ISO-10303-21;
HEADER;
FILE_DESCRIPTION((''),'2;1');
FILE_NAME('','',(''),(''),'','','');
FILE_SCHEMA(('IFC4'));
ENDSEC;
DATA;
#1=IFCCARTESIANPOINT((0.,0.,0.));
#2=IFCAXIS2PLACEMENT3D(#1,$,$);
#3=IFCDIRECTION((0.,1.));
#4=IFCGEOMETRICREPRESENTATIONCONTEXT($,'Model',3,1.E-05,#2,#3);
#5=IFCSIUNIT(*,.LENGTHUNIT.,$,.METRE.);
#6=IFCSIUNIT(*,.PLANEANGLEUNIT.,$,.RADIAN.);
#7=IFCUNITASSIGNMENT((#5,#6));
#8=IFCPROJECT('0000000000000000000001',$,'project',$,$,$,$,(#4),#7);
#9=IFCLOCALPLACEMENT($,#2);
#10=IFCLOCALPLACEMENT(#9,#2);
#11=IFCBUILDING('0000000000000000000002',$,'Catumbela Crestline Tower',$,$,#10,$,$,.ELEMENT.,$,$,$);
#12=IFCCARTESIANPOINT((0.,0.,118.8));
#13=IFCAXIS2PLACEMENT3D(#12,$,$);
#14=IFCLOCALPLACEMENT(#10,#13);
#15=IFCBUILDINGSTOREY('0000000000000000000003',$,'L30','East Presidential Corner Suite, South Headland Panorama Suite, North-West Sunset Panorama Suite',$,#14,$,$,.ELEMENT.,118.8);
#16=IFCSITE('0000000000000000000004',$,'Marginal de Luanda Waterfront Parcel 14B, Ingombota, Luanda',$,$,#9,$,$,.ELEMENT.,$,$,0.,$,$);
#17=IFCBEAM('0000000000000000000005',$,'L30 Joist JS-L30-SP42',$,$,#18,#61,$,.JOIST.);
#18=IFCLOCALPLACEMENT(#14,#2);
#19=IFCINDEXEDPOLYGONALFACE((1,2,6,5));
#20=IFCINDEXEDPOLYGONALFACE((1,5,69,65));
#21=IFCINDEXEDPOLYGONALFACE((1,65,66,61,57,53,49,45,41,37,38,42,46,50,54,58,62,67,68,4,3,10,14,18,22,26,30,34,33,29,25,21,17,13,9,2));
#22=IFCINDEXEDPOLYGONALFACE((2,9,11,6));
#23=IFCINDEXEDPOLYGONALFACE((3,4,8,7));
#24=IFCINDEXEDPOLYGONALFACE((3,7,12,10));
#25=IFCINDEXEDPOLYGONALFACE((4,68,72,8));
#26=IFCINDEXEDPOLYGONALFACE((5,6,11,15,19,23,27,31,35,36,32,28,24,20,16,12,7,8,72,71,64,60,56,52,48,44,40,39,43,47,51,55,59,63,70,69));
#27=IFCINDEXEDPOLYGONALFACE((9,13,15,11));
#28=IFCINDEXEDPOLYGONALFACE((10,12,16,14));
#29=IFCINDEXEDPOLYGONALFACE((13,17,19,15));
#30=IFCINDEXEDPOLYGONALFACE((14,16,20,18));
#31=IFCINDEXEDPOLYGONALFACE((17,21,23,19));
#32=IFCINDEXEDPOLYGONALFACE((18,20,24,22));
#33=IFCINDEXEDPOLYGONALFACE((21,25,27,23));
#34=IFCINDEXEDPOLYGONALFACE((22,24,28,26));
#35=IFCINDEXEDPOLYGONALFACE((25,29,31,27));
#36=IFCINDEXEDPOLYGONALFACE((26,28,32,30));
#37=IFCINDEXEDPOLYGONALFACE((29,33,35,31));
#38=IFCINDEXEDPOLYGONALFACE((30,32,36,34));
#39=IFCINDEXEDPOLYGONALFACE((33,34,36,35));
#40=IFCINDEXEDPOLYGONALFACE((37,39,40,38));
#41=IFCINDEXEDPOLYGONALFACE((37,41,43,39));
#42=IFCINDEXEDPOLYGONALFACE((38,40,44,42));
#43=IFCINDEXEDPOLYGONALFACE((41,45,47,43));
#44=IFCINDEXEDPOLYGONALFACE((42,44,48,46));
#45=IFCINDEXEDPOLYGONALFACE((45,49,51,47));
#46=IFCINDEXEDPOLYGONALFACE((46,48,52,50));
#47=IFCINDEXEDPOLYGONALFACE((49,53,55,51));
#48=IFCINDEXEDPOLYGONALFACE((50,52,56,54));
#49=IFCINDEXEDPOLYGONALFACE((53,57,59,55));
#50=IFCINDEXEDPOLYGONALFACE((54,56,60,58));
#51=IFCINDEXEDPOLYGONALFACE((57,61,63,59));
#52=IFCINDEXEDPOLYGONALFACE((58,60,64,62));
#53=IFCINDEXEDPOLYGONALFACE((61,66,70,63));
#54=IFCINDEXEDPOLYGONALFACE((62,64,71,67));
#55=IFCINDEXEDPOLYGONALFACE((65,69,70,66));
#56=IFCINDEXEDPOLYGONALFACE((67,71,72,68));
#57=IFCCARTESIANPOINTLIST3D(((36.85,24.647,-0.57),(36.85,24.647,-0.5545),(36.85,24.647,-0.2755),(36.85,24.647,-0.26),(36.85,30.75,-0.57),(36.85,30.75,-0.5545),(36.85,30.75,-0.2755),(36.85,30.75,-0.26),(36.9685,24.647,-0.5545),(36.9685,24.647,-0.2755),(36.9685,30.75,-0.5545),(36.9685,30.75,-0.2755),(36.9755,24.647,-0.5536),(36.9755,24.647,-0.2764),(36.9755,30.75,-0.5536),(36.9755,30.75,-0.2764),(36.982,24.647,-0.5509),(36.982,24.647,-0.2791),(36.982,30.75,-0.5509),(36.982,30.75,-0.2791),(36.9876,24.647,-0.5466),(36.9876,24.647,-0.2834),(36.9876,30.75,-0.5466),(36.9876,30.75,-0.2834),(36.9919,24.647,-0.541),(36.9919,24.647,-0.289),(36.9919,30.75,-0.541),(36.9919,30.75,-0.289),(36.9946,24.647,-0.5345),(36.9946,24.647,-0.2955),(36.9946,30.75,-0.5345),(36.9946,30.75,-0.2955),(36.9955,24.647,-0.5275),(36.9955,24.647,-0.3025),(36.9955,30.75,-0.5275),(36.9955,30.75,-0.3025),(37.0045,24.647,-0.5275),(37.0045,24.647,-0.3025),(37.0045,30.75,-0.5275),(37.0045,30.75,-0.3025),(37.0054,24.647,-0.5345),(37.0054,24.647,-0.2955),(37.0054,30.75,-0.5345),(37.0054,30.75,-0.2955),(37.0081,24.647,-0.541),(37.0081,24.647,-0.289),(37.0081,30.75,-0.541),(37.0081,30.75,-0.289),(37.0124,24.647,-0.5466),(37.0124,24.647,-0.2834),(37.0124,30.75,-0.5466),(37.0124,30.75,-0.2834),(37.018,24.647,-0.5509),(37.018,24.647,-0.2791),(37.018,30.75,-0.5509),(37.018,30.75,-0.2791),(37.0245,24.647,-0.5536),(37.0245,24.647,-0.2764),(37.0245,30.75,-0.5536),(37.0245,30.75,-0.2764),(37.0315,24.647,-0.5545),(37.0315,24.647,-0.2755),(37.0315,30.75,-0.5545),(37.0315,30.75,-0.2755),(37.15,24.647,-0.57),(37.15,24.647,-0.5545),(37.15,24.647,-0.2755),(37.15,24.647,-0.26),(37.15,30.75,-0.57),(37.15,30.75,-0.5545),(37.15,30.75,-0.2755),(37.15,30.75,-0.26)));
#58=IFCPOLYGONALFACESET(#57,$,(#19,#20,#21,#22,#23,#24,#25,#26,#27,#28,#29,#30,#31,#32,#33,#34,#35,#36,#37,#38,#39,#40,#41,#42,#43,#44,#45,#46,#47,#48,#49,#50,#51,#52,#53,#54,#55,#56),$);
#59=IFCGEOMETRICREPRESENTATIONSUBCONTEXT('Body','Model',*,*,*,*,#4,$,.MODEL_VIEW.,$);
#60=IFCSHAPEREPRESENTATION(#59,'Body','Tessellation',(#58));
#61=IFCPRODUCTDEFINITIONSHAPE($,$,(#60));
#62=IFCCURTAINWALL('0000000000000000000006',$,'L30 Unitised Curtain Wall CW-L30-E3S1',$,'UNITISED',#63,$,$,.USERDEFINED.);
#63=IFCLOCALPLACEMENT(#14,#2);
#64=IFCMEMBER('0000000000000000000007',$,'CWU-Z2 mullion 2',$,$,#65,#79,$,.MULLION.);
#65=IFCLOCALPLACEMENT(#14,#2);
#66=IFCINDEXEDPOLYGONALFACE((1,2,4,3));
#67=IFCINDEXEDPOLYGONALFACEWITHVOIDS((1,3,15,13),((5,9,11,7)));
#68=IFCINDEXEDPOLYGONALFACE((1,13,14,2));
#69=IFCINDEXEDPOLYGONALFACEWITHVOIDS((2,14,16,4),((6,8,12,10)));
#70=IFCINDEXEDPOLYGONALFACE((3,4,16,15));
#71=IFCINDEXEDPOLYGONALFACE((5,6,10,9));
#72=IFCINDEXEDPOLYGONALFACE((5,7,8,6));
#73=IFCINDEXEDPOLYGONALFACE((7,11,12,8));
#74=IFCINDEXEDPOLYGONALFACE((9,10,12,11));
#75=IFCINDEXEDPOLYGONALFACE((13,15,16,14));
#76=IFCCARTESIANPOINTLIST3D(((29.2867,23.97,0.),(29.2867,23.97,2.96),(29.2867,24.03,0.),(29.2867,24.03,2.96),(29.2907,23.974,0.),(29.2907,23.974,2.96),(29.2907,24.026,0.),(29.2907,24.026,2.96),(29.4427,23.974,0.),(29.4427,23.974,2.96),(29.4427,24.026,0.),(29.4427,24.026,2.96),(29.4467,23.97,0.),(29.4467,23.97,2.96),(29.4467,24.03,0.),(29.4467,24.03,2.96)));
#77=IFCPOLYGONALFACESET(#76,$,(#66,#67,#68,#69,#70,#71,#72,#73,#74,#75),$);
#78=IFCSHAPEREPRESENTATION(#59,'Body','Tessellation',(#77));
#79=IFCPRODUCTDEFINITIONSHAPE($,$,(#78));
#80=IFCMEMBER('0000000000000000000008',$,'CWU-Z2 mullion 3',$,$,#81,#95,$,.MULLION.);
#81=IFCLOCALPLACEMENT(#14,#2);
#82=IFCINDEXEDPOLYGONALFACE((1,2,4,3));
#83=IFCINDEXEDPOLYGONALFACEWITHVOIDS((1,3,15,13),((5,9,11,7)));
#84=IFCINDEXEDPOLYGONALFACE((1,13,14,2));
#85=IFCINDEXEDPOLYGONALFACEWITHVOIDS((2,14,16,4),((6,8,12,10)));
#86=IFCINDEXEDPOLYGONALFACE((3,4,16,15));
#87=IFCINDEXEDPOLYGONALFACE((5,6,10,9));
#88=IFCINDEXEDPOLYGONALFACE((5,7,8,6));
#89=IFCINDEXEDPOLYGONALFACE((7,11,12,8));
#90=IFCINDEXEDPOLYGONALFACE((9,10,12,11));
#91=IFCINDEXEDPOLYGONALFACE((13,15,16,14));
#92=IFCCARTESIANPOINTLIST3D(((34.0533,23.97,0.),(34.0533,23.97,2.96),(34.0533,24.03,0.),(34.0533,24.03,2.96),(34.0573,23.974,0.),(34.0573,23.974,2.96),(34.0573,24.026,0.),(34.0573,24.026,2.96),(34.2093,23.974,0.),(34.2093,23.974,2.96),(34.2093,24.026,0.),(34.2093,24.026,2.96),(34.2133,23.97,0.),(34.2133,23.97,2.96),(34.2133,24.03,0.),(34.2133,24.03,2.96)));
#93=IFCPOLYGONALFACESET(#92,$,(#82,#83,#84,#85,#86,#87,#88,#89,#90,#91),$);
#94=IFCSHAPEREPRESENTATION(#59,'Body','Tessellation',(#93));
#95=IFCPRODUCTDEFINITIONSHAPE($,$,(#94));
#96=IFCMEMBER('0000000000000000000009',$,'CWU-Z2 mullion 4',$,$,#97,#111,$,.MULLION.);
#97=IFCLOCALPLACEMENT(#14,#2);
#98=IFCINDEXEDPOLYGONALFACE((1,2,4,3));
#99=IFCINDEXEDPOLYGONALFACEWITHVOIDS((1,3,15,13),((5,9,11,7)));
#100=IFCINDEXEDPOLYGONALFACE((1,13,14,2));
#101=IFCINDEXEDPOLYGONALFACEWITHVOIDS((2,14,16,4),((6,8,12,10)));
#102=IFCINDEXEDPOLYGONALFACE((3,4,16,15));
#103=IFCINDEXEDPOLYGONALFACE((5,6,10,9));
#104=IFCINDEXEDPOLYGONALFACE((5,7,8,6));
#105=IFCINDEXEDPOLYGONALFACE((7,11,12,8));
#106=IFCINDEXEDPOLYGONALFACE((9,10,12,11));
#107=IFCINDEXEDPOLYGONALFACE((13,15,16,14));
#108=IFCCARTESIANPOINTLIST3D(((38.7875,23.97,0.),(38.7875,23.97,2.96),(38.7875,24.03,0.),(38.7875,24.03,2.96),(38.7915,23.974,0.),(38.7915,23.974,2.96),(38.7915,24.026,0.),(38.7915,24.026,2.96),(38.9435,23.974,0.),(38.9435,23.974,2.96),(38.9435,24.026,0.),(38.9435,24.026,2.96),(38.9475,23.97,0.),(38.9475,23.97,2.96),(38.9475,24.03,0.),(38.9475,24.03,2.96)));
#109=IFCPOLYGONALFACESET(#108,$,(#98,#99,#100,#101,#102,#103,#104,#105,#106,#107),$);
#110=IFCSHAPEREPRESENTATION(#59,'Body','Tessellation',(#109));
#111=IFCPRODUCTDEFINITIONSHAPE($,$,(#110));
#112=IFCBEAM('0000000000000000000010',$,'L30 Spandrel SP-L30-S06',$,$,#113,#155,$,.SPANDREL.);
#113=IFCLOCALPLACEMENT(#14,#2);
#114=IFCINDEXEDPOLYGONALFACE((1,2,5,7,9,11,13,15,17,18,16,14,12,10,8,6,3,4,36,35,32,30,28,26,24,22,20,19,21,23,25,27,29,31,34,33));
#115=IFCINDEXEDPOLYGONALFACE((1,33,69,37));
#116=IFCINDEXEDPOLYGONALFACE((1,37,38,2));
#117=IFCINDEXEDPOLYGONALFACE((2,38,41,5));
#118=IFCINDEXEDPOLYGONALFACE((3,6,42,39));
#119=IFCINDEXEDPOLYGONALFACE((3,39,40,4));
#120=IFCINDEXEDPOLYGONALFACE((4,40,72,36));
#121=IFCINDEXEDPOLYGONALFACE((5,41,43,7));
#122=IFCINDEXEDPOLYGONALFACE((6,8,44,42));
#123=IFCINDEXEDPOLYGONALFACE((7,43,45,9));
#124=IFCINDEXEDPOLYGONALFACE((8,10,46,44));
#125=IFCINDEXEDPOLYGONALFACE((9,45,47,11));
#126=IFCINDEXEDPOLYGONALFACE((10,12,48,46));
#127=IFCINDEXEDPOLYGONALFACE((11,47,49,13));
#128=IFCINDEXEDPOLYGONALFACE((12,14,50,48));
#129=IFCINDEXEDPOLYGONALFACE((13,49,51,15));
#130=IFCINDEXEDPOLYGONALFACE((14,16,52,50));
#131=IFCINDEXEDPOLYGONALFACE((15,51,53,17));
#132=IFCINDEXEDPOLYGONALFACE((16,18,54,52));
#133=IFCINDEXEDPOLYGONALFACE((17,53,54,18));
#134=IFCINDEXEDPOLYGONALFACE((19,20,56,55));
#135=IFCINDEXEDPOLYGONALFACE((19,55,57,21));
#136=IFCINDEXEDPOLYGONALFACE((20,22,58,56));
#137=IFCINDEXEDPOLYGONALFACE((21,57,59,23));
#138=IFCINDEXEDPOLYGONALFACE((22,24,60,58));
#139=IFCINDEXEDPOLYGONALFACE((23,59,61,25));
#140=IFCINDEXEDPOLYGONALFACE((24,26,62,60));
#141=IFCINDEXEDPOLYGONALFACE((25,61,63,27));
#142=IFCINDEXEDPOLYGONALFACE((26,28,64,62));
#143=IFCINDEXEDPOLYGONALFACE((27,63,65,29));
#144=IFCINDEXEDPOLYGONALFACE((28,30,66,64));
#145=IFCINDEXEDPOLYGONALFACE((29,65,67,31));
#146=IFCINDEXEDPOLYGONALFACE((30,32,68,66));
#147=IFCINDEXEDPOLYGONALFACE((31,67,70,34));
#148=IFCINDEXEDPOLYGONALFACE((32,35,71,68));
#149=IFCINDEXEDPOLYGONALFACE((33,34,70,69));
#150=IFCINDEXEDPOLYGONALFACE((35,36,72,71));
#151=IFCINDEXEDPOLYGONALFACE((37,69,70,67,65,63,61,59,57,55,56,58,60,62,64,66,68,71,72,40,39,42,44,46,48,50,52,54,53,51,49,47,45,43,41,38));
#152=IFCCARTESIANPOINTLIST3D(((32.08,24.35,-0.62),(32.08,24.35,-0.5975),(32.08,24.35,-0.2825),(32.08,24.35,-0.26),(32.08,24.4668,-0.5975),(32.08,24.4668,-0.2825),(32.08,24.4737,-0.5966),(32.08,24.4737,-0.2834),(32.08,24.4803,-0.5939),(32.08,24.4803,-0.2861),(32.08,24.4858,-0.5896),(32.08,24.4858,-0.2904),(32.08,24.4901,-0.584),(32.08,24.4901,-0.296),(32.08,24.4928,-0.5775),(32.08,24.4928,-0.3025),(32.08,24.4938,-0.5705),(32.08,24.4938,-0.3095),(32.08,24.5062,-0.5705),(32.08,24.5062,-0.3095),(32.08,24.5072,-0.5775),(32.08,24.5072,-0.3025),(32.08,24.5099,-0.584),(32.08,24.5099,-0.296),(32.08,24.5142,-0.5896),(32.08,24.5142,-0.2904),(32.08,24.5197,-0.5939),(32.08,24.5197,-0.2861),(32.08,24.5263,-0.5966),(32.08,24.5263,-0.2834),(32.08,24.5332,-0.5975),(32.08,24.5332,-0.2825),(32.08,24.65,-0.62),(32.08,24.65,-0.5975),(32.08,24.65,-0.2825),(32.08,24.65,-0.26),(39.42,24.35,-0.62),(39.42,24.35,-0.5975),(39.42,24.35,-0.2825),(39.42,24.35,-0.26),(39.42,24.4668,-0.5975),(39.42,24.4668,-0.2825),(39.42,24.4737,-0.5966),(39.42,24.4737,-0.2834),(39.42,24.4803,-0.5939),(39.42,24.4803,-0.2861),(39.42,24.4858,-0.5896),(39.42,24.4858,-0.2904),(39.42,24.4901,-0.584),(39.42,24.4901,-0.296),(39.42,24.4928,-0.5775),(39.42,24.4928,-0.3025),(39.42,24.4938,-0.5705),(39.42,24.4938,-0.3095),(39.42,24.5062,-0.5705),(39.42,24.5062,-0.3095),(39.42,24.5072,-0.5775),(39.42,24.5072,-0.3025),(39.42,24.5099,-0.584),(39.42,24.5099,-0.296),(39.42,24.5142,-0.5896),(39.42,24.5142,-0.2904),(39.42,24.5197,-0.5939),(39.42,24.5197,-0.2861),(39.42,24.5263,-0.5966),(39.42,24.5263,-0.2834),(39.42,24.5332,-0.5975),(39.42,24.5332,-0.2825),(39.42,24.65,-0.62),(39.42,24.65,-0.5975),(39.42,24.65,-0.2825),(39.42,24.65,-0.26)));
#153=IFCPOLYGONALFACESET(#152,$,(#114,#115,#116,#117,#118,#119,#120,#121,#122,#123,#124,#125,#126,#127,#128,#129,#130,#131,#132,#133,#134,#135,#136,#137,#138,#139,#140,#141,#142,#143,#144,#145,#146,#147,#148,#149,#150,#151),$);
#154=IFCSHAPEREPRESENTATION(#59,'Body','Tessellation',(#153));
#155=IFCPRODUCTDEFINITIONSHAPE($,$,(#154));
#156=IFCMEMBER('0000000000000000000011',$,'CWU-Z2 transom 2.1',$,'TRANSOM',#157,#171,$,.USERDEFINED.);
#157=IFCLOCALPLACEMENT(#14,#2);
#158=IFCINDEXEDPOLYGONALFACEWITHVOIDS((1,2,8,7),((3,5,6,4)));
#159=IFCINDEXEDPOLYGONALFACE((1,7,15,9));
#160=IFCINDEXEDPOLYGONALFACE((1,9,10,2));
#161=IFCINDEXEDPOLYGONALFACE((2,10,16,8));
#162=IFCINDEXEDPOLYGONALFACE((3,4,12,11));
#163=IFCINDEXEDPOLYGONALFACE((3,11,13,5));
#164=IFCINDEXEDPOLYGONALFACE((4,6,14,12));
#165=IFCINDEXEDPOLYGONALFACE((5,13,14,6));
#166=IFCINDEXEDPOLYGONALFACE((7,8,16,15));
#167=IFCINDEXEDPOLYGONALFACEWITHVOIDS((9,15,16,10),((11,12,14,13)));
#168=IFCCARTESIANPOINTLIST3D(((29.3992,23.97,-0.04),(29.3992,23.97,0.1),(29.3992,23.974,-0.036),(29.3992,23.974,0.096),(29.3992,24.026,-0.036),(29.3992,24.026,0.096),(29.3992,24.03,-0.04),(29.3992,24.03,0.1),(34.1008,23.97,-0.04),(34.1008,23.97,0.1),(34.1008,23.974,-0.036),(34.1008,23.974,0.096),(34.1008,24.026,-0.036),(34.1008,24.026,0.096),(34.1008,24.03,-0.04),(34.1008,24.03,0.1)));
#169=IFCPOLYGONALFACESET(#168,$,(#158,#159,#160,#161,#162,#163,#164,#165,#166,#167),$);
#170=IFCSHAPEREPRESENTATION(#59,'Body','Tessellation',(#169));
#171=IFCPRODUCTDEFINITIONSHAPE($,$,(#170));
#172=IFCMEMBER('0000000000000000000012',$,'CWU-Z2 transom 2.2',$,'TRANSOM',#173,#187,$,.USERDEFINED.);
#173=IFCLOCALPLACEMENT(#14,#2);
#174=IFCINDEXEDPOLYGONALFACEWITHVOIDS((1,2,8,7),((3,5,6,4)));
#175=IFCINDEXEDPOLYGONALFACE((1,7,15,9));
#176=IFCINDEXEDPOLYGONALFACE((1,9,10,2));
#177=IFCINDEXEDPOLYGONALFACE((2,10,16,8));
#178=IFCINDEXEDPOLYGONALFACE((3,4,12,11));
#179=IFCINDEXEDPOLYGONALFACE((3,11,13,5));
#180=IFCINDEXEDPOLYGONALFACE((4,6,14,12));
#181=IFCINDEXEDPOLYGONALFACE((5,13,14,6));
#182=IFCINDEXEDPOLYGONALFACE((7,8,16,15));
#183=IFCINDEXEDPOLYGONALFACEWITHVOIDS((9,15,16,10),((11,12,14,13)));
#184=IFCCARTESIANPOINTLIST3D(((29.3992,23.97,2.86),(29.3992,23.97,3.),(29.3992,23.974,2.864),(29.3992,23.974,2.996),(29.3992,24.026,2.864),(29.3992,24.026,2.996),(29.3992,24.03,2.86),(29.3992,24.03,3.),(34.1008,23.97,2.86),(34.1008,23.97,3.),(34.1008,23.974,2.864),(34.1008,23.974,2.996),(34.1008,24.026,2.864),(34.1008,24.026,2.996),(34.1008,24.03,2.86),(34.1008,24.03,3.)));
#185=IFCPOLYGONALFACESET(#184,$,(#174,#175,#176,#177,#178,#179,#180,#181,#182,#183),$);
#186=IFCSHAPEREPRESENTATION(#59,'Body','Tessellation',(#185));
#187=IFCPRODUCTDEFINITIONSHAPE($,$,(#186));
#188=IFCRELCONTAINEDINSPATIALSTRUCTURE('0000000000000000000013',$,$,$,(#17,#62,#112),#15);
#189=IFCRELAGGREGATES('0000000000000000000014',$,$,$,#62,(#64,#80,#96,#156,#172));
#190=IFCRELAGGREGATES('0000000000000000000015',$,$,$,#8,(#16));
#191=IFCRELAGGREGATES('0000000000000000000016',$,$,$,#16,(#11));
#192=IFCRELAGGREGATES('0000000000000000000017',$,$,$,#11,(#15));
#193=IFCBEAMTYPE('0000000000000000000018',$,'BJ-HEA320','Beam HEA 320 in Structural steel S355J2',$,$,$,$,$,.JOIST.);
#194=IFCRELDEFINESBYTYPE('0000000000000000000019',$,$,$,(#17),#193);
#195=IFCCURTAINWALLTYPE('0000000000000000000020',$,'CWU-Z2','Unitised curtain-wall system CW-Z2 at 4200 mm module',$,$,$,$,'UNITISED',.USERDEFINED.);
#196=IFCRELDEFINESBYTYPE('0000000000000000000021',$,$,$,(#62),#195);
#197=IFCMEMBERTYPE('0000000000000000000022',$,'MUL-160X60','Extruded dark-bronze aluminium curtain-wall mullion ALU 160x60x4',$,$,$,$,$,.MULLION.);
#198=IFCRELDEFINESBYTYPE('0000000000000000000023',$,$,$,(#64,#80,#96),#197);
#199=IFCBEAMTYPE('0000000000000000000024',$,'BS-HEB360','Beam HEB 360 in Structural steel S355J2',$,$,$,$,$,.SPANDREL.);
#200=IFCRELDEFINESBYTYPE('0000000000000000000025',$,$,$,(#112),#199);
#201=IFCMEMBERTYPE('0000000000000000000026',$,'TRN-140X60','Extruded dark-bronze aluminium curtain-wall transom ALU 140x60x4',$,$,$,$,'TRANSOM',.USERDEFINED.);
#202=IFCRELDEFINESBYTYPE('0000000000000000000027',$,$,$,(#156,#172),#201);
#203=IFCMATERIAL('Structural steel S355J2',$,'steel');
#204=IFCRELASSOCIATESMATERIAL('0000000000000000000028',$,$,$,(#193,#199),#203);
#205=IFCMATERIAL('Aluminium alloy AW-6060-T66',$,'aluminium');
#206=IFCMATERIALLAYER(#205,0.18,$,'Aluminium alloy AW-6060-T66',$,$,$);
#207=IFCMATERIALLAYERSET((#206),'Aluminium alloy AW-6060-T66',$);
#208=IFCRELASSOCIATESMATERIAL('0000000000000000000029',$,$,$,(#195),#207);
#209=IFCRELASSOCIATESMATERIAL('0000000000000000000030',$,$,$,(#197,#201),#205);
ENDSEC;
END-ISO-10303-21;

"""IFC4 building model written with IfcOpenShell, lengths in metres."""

from ifc_helpers import new_model, si_unit, direction, frame, origin, origin_2d, place, context, subcontext, project, spatial, hollow_rectangle, i_section, extrude, material, layer, layer_set, material_profile, profile_set, type_object, element, aggregate, save


model = new_model("IFC4")

# Units and contexts
model_context = context("Model", 3, precision=1e-05, world=origin(), true_north=direction((0.0, 1.0)))
body_context = subcontext(model_context, "Body", "Model", "MODEL_VIEW")
ifc_project = project(units=[si_unit("LENGTHUNIT", "METRE"), si_unit("PLANEANGLEUNIT", "RADIAN")], contexts=[model_context])

# Site, building, storey
site_placement = place(None, origin())
site = spatial("IfcSite", under=ifc_project, at=site_placement, Name="Marginal de Luanda Waterfront Parcel 14B, Ingombota, Luanda", CompositionType="ELEMENT", RefElevation=0.0)
building_placement = place(site_placement, origin())
building = spatial("IfcBuilding", under=site, at=building_placement, Name="Catumbela Crestline Tower", CompositionType="ELEMENT")
storey_placement = place(building_placement, frame((0.0, 0.0, 118.8)))
storey = spatial("IfcBuildingStorey", under=building, at=storey_placement, Name="L30", Description="East Presidential Corner Suite, South Headland Panorama Suite, North-West Sunset Panorama Suite", CompositionType="ELEMENT", Elevation=118.8)

# Beam
ifc_material_1 = material(Name="Structural steel S355J2", Category="steel")
ifc_material_profile_1 = material_profile(ifc_material_1, i_section(OverallWidth=0.3, OverallDepth=0.31, WebThickness=0.009, FlangeThickness=0.0155, FilletRadius=0.027, at=origin_2d()), Name="HEA 320")
ifc_profile_set_1 = profile_set([ifc_material_profile_1], Name="Structural steel S355J2")
beam_type_1 = type_object("IfcBeamType", Name="BJ-HEA320", Description="Beam HEA 320 in Structural steel S355J2", PredefinedType="JOIST", material=ifc_profile_set_1)
for number, where, z_axis, x_axis, name in (
    (1, (37.0, 24.647, -0.415), (0.0, 1.0, 0.0), (-1.0, 0.0, 0.0), "L30 Joist JS-L30-SP42"),
):
    element("IfcBeam", number, at=place(storey_placement, frame(where, z_axis=z_axis, x_axis=x_axis)), inside=storey, type_object=beam_type_1, Name=name, PredefinedType="JOIST", context=body_context, shape_type="SweptSolid", body=[
        extrude(i_section(OverallWidth=0.3, OverallDepth=0.31, WebThickness=0.009, FlangeThickness=0.0155, FilletRadius=0.027, at=origin_2d()), origin(), (0.0, 0.0, 1.0), 6.103),
    ])

# Curtain wall, members
ifc_material_2 = material(Name="Aluminium alloy AW-6060-T66", Category="aluminium")
ifc_layer_1 = layer(ifc_material_2, 0.18, Name="Aluminium alloy AW-6060-T66")
ifc_layer_set_1 = layer_set([ifc_layer_1], Name="Aluminium alloy AW-6060-T66")
curtain_wall_type = type_object("IfcCurtainWallType", Name="CWU-Z2", Description="Unitised curtain-wall system CW-Z2 at 4200 mm module", ElementType="UNITISED", PredefinedType="USERDEFINED", material=ifc_layer_set_1)
curtain_wall_placement = place(storey_placement, origin())
curtain_wall = element("IfcCurtainWall", 2, at=curtain_wall_placement, inside=storey, type_object=curtain_wall_type, Name="L30 Unitised Curtain Wall CW-L30-E3S1", ObjectType="UNITISED", PredefinedType="USERDEFINED")
ifc_material_profile_2 = material_profile(ifc_material_2, hollow_rectangle(XDim=0.06, YDim=0.16, WallThickness=0.004, at=origin_2d()), Name="ALU 160x60x4")
ifc_profile_set_2 = profile_set([ifc_material_profile_2], Name="Aluminium alloy AW-6060-T66")
member_type_1 = type_object("IfcMemberType", Name="MUL-160X60", Description="Extruded dark-bronze aluminium curtain-wall mullion ALU 160x60x4", PredefinedType="MULLION", material=ifc_profile_set_2)
member_1_placement = place(storey_placement, frame((29.3667, 24.0, 0.0), z_axis=(0.0, 0.0, 1.0), x_axis=(0.0, 1.0, 0.0)))
member_1 = element("IfcMember", 3, at=member_1_placement, type_object=member_type_1, Name="CWU-Z2 mullion 2", PredefinedType="MULLION", context=body_context, shape_type="SweptSolid", body=[
    extrude(hollow_rectangle(XDim=0.06, YDim=0.16, WallThickness=0.004, at=origin_2d()), origin(), (0.0, 0.0, 1.0), 2.96),
])
member_2_placement = place(storey_placement, frame((34.1333, 24.0, 0.0), z_axis=(0.0, 0.0, 1.0), x_axis=(0.0, 1.0, 0.0)))
member_2 = element("IfcMember", 4, at=member_2_placement, type_object=member_type_1, Name="CWU-Z2 mullion 3", PredefinedType="MULLION", context=body_context, shape_type="SweptSolid", body=[
    extrude(hollow_rectangle(XDim=0.06, YDim=0.16, WallThickness=0.004, at=origin_2d()), origin(), (0.0, 0.0, 1.0), 2.96),
])
member_3_placement = place(storey_placement, frame((38.8675, 24.0, 0.0), z_axis=(0.0, 0.0, 1.0), x_axis=(0.0, 1.0, 0.0)))
member_3 = element("IfcMember", 5, at=member_3_placement, type_object=member_type_1, Name="CWU-Z2 mullion 4", PredefinedType="MULLION", context=body_context, shape_type="SweptSolid", body=[
    extrude(hollow_rectangle(XDim=0.06, YDim=0.16, WallThickness=0.004, at=origin_2d()), origin(), (0.0, 0.0, 1.0), 2.96),
])

# Beam
ifc_material_profile_3 = material_profile(ifc_material_1, i_section(OverallWidth=0.3, OverallDepth=0.36, WebThickness=0.0125, FlangeThickness=0.0225, FilletRadius=0.027, at=origin_2d()), Name="HEB 360")
ifc_profile_set_3 = profile_set([ifc_material_profile_3], Name="Structural steel S355J2")
beam_type_2 = type_object("IfcBeamType", Name="BS-HEB360", Description="Beam HEB 360 in Structural steel S355J2", PredefinedType="SPANDREL", material=ifc_profile_set_3)
beam_1_placement = place(storey_placement, frame((32.08, 24.5, -0.44), z_axis=(1.0, 0.0, 0.0), x_axis=(0.0, 1.0, 0.0)))
element("IfcBeam", 6, at=beam_1_placement, inside=storey, type_object=beam_type_2, Name="L30 Spandrel SP-L30-S06", PredefinedType="SPANDREL", context=body_context, shape_type="SweptSolid", body=[
    extrude(i_section(OverallWidth=0.3, OverallDepth=0.36, WebThickness=0.0125, FlangeThickness=0.0225, FilletRadius=0.027, at=origin_2d()), origin(), (0.0, 0.0, 1.0), 7.34),
])

# Members
ifc_material_profile_4 = material_profile(ifc_material_2, hollow_rectangle(XDim=0.06, YDim=0.14, WallThickness=0.004, at=origin_2d()), Name="ALU 140x60x4")
ifc_profile_set_4 = profile_set([ifc_material_profile_4], Name="Aluminium alloy AW-6060-T66")
member_type_2 = type_object("IfcMemberType", Name="TRN-140X60", Description="Extruded dark-bronze aluminium curtain-wall transom ALU 140x60x4", ElementType="TRANSOM", PredefinedType="USERDEFINED", material=ifc_profile_set_4)
member_4_placement = place(storey_placement, frame((29.3992, 24.0, 0.03), z_axis=(1.0, 0.0, 0.0), x_axis=(0.0, 1.0, 0.0)))
member_4 = element("IfcMember", 7, at=member_4_placement, type_object=member_type_2, Name="CWU-Z2 transom 2.1", ObjectType="TRANSOM", PredefinedType="USERDEFINED", context=body_context, shape_type="SweptSolid", body=[
    extrude(hollow_rectangle(XDim=0.06, YDim=0.14, WallThickness=0.004, at=origin_2d()), origin(), (0.0, 0.0, 1.0), 4.7016),
])
member_5_placement = place(storey_placement, frame((29.3992, 24.0, 2.93), z_axis=(1.0, 0.0, 0.0), x_axis=(0.0, 1.0, 0.0)))
member_5 = element("IfcMember", 8, at=member_5_placement, type_object=member_type_2, Name="CWU-Z2 transom 2.2", ObjectType="TRANSOM", PredefinedType="USERDEFINED", context=body_context, shape_type="SweptSolid", body=[
    extrude(hollow_rectangle(XDim=0.06, YDim=0.14, WallThickness=0.004, at=origin_2d()), origin(), (0.0, 0.0, 1.0), 4.7016),
])

aggregate(curtain_wall, [member_1, member_2, member_3, member_4, member_5])

save(model, "model.ifc")
